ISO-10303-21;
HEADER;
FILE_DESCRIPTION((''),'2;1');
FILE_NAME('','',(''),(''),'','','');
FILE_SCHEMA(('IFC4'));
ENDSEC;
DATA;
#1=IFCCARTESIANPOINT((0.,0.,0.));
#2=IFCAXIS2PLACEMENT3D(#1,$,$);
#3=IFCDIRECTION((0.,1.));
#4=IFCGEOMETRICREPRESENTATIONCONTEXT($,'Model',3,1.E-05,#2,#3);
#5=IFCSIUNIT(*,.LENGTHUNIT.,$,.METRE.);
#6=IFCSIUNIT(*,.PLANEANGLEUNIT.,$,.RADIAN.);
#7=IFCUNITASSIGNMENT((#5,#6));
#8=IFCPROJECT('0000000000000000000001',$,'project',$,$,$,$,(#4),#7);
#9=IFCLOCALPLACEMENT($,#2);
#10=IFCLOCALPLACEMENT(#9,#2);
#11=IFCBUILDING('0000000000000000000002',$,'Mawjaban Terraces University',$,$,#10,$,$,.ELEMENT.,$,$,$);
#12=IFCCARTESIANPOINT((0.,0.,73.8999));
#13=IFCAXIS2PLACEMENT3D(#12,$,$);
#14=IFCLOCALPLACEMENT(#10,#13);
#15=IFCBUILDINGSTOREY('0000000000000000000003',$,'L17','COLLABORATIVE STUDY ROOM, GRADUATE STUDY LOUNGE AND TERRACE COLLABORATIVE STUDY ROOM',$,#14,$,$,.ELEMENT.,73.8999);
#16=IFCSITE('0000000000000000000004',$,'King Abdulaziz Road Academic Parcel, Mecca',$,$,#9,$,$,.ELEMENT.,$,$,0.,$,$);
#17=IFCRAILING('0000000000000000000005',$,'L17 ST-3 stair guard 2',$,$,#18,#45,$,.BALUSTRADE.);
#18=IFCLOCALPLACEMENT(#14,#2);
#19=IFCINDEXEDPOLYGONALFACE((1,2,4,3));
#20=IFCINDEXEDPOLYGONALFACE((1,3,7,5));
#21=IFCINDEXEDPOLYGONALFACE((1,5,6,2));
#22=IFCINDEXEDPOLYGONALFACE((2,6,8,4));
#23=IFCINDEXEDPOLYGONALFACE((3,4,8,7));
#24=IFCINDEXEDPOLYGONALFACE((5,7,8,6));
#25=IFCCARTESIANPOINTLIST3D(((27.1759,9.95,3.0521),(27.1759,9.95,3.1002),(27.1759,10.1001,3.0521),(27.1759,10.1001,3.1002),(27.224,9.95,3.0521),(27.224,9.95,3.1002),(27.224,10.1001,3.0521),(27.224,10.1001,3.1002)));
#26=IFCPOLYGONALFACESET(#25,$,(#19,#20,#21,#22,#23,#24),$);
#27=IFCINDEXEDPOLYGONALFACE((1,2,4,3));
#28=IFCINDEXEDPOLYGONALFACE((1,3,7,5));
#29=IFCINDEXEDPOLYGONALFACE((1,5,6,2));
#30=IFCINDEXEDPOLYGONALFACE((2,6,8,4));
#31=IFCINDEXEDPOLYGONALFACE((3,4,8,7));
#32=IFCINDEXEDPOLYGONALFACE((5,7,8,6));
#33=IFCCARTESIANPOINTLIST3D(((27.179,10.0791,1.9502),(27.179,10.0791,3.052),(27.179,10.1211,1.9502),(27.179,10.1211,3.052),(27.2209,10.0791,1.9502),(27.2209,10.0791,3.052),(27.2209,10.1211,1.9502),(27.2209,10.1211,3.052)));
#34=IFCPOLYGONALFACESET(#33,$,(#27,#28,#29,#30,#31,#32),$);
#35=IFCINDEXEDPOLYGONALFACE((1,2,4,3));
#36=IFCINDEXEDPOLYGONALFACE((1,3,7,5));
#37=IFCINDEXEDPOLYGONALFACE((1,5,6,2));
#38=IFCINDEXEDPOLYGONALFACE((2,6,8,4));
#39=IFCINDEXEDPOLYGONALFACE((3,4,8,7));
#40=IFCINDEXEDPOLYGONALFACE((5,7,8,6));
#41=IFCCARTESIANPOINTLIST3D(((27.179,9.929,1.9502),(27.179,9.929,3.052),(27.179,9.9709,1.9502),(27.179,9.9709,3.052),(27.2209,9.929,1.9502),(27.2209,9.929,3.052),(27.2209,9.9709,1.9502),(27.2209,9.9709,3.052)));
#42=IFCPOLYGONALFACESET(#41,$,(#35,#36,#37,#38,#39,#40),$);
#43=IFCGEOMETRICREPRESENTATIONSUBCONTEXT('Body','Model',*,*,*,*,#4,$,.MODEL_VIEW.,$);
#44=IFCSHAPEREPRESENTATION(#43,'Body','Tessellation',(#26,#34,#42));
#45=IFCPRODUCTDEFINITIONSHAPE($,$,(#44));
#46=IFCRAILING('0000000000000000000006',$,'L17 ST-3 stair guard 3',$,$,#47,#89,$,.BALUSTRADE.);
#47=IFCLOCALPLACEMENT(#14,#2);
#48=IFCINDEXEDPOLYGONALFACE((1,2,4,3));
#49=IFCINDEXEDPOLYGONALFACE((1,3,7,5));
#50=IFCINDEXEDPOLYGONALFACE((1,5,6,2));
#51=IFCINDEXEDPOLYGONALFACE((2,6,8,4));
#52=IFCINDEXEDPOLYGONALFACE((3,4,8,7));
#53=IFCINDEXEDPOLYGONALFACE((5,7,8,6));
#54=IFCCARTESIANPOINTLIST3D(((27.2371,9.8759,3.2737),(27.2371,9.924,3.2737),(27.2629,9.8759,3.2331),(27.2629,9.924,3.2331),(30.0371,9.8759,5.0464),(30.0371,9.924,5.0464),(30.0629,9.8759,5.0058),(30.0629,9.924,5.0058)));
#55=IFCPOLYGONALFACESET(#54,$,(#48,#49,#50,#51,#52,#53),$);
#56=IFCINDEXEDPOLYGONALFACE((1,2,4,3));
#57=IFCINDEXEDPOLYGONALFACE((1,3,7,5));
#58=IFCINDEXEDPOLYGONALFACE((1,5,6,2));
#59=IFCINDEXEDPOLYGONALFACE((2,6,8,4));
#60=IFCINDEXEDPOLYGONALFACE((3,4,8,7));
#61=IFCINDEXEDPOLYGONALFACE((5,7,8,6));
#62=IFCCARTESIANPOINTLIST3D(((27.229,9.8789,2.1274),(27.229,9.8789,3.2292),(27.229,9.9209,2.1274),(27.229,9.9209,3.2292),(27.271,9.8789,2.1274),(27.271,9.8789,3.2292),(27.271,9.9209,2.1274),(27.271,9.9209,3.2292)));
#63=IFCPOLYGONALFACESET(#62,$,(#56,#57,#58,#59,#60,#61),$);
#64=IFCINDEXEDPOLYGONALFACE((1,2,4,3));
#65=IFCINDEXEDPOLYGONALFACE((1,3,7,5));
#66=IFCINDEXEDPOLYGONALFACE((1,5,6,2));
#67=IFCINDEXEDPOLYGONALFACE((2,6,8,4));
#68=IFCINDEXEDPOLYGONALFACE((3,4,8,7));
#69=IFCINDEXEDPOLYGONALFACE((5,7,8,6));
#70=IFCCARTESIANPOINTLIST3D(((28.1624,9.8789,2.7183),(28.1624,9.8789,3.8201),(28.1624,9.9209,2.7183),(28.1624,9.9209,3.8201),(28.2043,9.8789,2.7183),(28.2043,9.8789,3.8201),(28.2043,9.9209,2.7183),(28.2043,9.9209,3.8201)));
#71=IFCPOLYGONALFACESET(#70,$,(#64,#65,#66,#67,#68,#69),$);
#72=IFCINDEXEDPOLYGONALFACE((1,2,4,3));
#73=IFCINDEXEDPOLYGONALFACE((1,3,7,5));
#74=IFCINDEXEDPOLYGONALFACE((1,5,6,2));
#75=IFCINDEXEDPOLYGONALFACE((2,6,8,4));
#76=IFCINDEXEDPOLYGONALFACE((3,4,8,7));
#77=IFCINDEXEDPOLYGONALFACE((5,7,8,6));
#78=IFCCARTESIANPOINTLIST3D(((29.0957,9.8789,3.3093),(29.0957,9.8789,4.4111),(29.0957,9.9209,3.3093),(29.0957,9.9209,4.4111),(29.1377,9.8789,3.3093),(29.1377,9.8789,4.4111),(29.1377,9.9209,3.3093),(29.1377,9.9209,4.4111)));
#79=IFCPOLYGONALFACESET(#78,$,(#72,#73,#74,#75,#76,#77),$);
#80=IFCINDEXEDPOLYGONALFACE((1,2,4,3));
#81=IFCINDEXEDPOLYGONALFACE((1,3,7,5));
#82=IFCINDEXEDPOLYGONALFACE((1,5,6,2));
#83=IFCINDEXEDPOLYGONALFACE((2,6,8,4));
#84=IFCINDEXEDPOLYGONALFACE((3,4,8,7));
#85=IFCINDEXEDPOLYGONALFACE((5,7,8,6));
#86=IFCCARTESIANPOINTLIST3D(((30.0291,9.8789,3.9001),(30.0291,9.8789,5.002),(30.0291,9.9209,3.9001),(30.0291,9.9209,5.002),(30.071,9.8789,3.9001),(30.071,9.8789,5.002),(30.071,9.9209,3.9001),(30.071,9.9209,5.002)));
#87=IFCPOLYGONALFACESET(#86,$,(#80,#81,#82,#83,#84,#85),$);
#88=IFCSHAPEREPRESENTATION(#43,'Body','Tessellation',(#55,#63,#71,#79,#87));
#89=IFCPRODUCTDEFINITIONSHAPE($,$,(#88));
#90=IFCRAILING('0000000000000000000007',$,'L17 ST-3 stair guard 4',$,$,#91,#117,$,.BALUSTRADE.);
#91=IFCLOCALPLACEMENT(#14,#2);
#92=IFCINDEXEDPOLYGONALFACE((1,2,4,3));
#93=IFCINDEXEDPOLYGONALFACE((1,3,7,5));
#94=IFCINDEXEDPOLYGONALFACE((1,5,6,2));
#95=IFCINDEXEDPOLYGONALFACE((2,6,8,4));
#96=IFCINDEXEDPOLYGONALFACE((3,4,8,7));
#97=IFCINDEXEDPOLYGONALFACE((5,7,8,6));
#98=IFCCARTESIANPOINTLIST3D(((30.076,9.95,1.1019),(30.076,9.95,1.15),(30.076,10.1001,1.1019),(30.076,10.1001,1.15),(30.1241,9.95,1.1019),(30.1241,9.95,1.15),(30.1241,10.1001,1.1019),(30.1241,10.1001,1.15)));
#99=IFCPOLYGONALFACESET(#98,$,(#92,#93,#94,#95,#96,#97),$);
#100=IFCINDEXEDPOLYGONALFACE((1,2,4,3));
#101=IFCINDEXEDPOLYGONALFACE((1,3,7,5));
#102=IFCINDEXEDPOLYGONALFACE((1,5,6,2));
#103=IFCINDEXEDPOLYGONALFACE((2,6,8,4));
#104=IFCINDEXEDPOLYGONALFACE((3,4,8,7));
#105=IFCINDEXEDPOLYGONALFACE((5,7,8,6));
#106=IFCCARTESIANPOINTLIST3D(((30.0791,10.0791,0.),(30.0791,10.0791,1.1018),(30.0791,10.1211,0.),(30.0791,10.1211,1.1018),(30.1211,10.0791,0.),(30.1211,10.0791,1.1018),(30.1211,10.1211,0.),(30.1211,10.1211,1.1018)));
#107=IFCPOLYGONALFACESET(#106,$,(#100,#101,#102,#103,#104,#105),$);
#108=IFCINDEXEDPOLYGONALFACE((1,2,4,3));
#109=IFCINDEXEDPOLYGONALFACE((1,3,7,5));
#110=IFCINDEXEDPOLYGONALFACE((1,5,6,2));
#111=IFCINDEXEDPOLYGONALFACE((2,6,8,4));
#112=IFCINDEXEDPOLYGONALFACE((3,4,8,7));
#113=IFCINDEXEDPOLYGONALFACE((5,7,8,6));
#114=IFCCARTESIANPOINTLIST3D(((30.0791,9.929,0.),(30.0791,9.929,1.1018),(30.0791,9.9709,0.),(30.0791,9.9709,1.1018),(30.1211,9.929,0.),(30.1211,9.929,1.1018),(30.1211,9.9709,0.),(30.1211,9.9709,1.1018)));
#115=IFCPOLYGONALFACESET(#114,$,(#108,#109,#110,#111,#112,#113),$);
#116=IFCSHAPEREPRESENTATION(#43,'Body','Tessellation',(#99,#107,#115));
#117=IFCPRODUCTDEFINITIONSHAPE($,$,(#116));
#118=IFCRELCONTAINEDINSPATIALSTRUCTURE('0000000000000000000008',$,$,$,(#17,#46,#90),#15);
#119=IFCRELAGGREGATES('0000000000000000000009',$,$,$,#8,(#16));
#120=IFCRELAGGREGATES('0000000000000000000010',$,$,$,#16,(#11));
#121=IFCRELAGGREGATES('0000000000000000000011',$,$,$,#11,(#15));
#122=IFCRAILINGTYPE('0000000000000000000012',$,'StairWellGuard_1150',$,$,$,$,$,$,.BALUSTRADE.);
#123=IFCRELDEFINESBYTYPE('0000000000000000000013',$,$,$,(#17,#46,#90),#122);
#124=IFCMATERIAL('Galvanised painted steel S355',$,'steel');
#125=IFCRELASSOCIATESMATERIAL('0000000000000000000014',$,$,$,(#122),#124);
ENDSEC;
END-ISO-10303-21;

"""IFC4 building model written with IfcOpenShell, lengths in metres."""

from ifc_helpers import new_model, si_unit, direction, frame, origin, origin_2d, place, context, subcontext, project, spatial, rectangle, extrude, material, type_object, element, save


model = new_model("IFC4")

# Units and contexts
model_context = context("Model", 3, precision=1e-05, world=origin(), true_north=direction((0.0, 1.0)))
body_context = subcontext(model_context, "Body", "Model", "MODEL_VIEW")
ifc_project = project(units=[si_unit("LENGTHUNIT", "METRE"), si_unit("PLANEANGLEUNIT", "RADIAN")], contexts=[model_context])

# Site, building, storey
site_placement = place(None, origin())
site = spatial("IfcSite", under=ifc_project, at=site_placement, Name="King Abdulaziz Road Academic Parcel, Mecca", CompositionType="ELEMENT", RefElevation=0.0)
building_placement = place(site_placement, origin())
building = spatial("IfcBuilding", under=site, at=building_placement, Name="Mawjaban Terraces University", CompositionType="ELEMENT")
storey_placement = place(building_placement, frame((0.0, 0.0, 73.8999)))
storey = spatial("IfcBuildingStorey", under=building, at=storey_placement, Name="L17", Description="COLLABORATIVE STUDY ROOM, GRADUATE STUDY LOUNGE AND TERRACE COLLABORATIVE STUDY ROOM", CompositionType="ELEMENT", Elevation=73.8999)

# Railings
ifc_material_1 = material(Name="Galvanised painted steel S355", Category="steel")
railing_type_1 = type_object("IfcRailingType", Name="StairWellGuard_1150", PredefinedType="BALUSTRADE", material=ifc_material_1)
railing_1_placement = place(storey_placement, frame((27.2, 10.1001, 1.9502)))
element("IfcRailing", 1, at=railing_1_placement, inside=storey, type_object=railing_type_1, Name="L17 ST-3 stair guard 2", PredefinedType="BALUSTRADE", context=body_context, shape_type="SweptSolid", body=[
    extrude(rectangle(XDim=0.0481, YDim=0.0481, at=origin_2d()), frame((0.0, 0.0, 1.126), z_axis=(0.0, -1.0, 0.0), x_axis=(1.0, 0.0, 0.0)), (0.0, 0.0, 1.0), 0.1501),
    extrude(rectangle(XDim=0.042, YDim=0.042, at=origin_2d()), origin(), (0.0, 0.0, 1.0), 1.1018),
    extrude(rectangle(XDim=0.042, YDim=0.042, at=origin_2d()), frame((0.0, -0.1501, 0.0)), (0.0, 0.0, 1.0), 1.1018),
])
railing_2_placement = place(storey_placement, frame((27.25, 9.8999, 2.1274)))
element("IfcRailing", 2, at=railing_2_placement, inside=storey, type_object=railing_type_1, Name="L17 ST-3 stair guard 3", PredefinedType="BALUSTRADE", context=body_context, shape_type="SweptSolid", body=[
    extrude(rectangle(XDim=0.0481, YDim=0.0481, at=origin_2d()), frame((0.0, 0.0, 1.126), z_axis=(0.844909, 0.0, 0.53491), x_axis=(0.0, 1.0, 0.0)), (0.0, 0.0, 1.0), 3.314),
    extrude(rectangle(XDim=0.042, YDim=0.042, at=origin_2d()), origin(), (0.0, 0.0, 1.0), 1.1018),
    extrude(rectangle(XDim=0.042, YDim=0.042, at=origin_2d()), frame((0.9333, 0.0, 0.5908)), (0.0, 0.0, 1.0), 1.1018),
    extrude(rectangle(XDim=0.042, YDim=0.042, at=origin_2d()), frame((1.8667, 0.0, 1.1819)), (0.0, 0.0, 1.0), 1.1018),
    extrude(rectangle(XDim=0.042, YDim=0.042, at=origin_2d()), frame((2.8, 0.0, 1.7727)), (0.0, 0.0, 1.0), 1.1018),
])
railing_3_placement = place(storey_placement, frame((30.1001, 10.1001, 0.0)))
element("IfcRailing", 3, at=railing_3_placement, inside=storey, type_object=railing_type_1, Name="L17 ST-3 stair guard 4", PredefinedType="BALUSTRADE", context=body_context, shape_type="SweptSolid", body=[
    extrude(rectangle(XDim=0.0481, YDim=0.0481, at=origin_2d()), frame((0.0, 0.0, 1.126), z_axis=(0.0, -1.0, 0.0), x_axis=(1.0, 0.0, 0.0)), (0.0, 0.0, 1.0), 0.1501),
    extrude(rectangle(XDim=0.042, YDim=0.042, at=origin_2d()), origin(), (0.0, 0.0, 1.0), 1.1018),
    extrude(rectangle(XDim=0.042, YDim=0.042, at=origin_2d()), frame((0.0, -0.1501, 0.0)), (0.0, 0.0, 1.0), 1.1018),
])

save(model, "model.ifc")
